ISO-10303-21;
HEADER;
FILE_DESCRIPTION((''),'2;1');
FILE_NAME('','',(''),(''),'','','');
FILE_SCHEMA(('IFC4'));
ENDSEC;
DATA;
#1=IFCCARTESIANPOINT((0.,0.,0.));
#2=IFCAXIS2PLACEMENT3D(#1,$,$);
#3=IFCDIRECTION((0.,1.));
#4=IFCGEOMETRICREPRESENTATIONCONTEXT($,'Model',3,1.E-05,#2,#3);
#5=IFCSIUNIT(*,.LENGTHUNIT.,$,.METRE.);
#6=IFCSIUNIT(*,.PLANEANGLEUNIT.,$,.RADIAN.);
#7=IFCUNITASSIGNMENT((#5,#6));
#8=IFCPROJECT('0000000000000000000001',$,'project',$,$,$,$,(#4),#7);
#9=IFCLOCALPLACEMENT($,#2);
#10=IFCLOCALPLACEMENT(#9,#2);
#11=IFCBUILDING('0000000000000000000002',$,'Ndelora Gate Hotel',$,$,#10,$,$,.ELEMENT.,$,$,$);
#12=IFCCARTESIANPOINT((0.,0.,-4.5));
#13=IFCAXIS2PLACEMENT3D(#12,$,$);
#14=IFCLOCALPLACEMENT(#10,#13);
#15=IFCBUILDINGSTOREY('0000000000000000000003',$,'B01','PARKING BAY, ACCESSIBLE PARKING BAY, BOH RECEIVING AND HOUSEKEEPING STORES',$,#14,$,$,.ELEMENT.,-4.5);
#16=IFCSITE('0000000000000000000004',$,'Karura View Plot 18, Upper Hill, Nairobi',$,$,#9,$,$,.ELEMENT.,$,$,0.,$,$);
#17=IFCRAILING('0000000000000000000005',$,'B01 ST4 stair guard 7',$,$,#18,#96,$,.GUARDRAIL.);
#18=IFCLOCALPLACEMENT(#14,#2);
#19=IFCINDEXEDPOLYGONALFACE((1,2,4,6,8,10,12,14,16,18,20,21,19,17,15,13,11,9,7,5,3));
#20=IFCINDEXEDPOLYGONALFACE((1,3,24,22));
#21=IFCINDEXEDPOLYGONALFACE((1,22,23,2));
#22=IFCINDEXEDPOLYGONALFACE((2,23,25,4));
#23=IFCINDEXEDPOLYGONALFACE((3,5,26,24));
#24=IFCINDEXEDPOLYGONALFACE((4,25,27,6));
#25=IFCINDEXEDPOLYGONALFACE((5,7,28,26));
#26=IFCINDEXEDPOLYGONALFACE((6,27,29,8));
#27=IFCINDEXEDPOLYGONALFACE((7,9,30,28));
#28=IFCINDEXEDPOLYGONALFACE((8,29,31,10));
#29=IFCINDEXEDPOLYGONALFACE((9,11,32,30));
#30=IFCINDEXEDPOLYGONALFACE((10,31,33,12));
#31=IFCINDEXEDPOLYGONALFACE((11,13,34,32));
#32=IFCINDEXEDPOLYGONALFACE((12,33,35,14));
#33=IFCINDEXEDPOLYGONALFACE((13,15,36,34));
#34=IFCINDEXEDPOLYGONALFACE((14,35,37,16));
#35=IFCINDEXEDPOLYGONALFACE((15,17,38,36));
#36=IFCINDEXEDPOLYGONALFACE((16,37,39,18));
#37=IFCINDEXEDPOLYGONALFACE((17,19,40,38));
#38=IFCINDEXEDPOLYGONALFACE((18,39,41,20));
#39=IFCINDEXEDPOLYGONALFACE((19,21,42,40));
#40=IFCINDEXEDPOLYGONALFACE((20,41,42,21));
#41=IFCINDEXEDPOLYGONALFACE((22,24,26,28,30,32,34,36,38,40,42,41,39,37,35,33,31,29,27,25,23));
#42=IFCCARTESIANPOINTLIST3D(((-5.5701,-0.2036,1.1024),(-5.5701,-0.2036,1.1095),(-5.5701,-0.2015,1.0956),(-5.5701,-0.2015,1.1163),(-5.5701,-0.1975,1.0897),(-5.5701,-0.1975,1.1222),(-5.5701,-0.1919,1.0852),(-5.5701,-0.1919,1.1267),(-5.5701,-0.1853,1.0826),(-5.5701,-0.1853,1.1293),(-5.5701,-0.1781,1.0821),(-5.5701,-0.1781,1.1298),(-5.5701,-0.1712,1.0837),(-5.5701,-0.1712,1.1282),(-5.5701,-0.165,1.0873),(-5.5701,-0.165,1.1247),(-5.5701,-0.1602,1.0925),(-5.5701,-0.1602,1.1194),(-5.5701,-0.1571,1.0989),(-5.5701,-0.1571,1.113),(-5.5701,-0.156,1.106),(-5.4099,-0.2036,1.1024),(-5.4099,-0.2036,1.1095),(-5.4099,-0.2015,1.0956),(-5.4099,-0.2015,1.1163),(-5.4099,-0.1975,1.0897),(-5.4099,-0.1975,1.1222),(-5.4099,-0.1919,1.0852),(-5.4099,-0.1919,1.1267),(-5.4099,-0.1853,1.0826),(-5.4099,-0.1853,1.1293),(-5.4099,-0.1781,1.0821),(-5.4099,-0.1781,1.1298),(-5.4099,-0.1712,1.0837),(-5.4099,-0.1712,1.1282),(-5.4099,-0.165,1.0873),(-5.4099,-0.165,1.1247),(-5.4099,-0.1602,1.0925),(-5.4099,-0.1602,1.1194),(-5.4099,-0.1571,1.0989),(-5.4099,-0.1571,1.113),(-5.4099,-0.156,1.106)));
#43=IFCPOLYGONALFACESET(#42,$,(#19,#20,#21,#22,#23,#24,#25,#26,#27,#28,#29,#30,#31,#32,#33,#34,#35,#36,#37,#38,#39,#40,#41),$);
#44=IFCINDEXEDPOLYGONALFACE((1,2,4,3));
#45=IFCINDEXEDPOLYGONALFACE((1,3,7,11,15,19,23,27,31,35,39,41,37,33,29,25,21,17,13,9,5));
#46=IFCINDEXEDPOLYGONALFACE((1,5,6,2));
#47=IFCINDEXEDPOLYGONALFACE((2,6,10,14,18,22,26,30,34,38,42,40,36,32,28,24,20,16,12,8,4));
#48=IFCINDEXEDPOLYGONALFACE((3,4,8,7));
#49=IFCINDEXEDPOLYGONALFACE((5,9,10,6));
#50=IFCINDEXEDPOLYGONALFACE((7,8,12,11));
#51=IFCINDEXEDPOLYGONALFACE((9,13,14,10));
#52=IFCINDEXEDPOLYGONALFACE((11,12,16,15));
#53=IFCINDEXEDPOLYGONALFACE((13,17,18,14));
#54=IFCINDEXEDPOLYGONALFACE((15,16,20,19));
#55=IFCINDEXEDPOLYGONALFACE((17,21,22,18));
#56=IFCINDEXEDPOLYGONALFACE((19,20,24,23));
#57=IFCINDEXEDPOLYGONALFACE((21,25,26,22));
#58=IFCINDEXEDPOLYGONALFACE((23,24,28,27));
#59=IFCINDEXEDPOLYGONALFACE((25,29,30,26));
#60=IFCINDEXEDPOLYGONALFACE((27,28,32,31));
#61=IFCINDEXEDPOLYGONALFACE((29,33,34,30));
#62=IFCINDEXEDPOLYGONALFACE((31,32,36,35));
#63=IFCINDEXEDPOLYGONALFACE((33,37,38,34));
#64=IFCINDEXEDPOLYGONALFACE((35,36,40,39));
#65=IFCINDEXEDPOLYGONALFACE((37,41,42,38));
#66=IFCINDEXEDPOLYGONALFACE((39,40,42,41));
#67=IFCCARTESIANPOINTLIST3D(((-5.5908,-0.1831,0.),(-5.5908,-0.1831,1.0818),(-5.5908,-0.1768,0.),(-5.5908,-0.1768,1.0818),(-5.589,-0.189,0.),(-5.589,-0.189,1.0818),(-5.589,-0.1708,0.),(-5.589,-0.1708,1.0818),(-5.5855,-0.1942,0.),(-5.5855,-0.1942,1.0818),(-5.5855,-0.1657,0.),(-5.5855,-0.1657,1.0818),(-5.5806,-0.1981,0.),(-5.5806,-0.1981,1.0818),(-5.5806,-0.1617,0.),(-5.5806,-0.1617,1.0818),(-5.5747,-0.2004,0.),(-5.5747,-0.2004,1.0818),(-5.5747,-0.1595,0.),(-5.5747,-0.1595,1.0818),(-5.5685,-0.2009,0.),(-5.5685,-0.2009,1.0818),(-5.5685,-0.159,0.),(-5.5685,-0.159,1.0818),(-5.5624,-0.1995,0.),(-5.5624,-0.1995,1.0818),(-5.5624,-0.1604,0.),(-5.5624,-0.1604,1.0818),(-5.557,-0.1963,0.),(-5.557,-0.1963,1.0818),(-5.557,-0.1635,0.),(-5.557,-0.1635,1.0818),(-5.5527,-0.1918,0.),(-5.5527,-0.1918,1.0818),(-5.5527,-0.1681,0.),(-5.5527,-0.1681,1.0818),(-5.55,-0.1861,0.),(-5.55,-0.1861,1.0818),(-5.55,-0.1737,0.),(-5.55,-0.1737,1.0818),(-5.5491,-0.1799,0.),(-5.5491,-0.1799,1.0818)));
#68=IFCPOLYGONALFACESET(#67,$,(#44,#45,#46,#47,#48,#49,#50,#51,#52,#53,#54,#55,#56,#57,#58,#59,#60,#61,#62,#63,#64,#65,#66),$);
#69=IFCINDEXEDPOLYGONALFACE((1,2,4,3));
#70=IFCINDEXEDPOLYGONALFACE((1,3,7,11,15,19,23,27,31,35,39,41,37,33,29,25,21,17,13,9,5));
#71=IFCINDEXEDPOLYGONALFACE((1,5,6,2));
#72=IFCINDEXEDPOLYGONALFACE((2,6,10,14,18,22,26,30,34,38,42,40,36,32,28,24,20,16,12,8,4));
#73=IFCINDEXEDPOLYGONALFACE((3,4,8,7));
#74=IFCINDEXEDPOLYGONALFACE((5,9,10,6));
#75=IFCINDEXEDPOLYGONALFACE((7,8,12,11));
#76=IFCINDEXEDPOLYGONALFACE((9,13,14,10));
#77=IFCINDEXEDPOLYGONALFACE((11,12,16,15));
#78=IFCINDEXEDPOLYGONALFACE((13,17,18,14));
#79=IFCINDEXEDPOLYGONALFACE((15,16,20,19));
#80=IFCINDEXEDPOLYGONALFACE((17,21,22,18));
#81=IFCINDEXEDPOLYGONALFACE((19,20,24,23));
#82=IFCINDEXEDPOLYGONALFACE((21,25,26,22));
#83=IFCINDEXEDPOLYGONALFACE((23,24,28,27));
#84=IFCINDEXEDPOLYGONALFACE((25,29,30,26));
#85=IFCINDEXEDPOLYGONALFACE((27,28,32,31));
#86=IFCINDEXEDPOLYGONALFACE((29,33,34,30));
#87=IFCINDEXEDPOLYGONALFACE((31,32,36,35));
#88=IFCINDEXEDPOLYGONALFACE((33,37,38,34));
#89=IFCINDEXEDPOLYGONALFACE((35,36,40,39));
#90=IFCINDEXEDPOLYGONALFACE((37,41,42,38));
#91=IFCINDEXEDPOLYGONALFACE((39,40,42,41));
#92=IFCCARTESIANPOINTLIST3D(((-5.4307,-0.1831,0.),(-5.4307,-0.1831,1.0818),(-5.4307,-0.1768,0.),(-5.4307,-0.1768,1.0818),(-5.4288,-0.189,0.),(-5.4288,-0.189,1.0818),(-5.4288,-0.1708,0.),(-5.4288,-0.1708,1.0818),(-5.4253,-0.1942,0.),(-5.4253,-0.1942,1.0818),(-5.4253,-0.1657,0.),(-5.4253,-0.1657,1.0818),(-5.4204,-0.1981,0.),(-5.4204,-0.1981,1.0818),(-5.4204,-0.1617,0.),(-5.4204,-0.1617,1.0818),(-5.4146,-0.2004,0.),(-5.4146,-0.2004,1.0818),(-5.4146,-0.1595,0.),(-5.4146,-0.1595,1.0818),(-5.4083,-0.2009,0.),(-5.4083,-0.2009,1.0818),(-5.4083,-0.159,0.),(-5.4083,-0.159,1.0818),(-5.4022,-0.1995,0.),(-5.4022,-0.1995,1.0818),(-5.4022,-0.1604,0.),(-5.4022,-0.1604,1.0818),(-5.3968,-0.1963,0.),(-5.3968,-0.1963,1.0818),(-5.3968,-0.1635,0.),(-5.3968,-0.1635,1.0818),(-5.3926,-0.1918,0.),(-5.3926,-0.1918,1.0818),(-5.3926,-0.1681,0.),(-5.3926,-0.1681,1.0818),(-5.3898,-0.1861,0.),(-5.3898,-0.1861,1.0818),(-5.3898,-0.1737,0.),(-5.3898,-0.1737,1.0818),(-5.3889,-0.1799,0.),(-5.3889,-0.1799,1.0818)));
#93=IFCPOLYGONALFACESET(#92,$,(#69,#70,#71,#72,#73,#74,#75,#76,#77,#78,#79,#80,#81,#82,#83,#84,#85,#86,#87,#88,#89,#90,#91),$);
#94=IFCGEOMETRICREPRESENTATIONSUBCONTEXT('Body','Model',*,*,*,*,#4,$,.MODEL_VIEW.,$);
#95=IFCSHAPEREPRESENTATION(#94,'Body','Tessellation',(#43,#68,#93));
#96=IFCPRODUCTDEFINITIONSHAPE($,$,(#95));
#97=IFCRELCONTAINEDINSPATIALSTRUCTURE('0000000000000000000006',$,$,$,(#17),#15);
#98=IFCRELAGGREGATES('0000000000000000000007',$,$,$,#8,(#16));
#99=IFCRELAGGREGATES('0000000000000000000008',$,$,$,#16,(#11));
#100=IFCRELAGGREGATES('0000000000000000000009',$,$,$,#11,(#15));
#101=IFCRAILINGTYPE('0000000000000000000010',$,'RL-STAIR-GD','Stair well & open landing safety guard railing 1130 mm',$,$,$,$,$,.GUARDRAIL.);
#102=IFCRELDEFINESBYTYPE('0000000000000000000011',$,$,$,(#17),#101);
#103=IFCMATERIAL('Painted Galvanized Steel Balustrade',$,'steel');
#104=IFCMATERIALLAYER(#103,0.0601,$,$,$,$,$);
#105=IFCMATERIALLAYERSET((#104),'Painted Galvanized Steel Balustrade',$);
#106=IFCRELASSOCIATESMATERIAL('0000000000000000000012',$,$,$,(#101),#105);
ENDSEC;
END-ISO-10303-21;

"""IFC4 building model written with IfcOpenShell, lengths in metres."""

from ifc_helpers import new_model, si_unit, direction, frame, origin, origin_2d, place, context, subcontext, project, spatial, circle, extrude, material, layer, layer_set, type_object, element, save


model = new_model("IFC4")

# Units and contexts
model_context = context("Model", 3, precision=1e-05, world=origin(), true_north=direction((0.0, 1.0)))
body_context = subcontext(model_context, "Body", "Model", "MODEL_VIEW")
ifc_project = project(units=[si_unit("LENGTHUNIT", "METRE"), si_unit("PLANEANGLEUNIT", "RADIAN")], contexts=[model_context])

# Site, building, storey
site_placement = place(None, origin())
site = spatial("IfcSite", under=ifc_project, at=site_placement, Name="Karura View Plot 18, Upper Hill, Nairobi", CompositionType="ELEMENT", RefElevation=0.0)
building_placement = place(site_placement, origin())
building = spatial("IfcBuilding", under=site, at=building_placement, Name="Ndelora Gate Hotel", CompositionType="ELEMENT")
storey_placement = place(building_placement, frame((0.0, 0.0, -4.5)))
storey = spatial("IfcBuildingStorey", under=building, at=storey_placement, Name="B01", Description="PARKING BAY, ACCESSIBLE PARKING BAY, BOH RECEIVING AND HOUSEKEEPING STORES", CompositionType="ELEMENT", Elevation=-4.5)

# Railing
ifc_material_1 = material(Name="Painted Galvanized Steel Balustrade", Category="steel")
ifc_layer_1 = layer(ifc_material_1, 0.0601)
ifc_layer_set_1 = layer_set([ifc_layer_1], Name="Painted Galvanized Steel Balustrade")
railing_type_1 = type_object("IfcRailingType", Name="RL-STAIR-GD", Description="Stair well & open landing safety guard railing 1130 mm", PredefinedType="GUARDRAIL", material=ifc_layer_set_1)
railing_1_placement = place(storey_placement, frame((-5.5701, -0.1799, 0.0)))
element("IfcRailing", 1, at=railing_1_placement, inside=storey, type_object=railing_type_1, Name="B01 ST4 stair guard 7", PredefinedType="GUARDRAIL", context=body_context, shape_type="SweptSolid", body=[
    extrude(circle(Radius=0.0239, at=origin_2d()), frame((0.0, 0.0, 1.106), z_axis=(1.0, 0.0, 0.0), x_axis=(0.0, 1.0, 0.0)), (0.0, 0.0, 1.0), 0.1602),
    extrude(circle(Radius=0.021, at=origin_2d()), origin(), (0.0, 0.0, 1.0), 1.0818),
    extrude(circle(Radius=0.021, at=origin_2d()), frame((0.1602, 0.0, 0.0)), (0.0, 0.0, 1.0), 1.0818),
])

save(model, "model.ifc")
